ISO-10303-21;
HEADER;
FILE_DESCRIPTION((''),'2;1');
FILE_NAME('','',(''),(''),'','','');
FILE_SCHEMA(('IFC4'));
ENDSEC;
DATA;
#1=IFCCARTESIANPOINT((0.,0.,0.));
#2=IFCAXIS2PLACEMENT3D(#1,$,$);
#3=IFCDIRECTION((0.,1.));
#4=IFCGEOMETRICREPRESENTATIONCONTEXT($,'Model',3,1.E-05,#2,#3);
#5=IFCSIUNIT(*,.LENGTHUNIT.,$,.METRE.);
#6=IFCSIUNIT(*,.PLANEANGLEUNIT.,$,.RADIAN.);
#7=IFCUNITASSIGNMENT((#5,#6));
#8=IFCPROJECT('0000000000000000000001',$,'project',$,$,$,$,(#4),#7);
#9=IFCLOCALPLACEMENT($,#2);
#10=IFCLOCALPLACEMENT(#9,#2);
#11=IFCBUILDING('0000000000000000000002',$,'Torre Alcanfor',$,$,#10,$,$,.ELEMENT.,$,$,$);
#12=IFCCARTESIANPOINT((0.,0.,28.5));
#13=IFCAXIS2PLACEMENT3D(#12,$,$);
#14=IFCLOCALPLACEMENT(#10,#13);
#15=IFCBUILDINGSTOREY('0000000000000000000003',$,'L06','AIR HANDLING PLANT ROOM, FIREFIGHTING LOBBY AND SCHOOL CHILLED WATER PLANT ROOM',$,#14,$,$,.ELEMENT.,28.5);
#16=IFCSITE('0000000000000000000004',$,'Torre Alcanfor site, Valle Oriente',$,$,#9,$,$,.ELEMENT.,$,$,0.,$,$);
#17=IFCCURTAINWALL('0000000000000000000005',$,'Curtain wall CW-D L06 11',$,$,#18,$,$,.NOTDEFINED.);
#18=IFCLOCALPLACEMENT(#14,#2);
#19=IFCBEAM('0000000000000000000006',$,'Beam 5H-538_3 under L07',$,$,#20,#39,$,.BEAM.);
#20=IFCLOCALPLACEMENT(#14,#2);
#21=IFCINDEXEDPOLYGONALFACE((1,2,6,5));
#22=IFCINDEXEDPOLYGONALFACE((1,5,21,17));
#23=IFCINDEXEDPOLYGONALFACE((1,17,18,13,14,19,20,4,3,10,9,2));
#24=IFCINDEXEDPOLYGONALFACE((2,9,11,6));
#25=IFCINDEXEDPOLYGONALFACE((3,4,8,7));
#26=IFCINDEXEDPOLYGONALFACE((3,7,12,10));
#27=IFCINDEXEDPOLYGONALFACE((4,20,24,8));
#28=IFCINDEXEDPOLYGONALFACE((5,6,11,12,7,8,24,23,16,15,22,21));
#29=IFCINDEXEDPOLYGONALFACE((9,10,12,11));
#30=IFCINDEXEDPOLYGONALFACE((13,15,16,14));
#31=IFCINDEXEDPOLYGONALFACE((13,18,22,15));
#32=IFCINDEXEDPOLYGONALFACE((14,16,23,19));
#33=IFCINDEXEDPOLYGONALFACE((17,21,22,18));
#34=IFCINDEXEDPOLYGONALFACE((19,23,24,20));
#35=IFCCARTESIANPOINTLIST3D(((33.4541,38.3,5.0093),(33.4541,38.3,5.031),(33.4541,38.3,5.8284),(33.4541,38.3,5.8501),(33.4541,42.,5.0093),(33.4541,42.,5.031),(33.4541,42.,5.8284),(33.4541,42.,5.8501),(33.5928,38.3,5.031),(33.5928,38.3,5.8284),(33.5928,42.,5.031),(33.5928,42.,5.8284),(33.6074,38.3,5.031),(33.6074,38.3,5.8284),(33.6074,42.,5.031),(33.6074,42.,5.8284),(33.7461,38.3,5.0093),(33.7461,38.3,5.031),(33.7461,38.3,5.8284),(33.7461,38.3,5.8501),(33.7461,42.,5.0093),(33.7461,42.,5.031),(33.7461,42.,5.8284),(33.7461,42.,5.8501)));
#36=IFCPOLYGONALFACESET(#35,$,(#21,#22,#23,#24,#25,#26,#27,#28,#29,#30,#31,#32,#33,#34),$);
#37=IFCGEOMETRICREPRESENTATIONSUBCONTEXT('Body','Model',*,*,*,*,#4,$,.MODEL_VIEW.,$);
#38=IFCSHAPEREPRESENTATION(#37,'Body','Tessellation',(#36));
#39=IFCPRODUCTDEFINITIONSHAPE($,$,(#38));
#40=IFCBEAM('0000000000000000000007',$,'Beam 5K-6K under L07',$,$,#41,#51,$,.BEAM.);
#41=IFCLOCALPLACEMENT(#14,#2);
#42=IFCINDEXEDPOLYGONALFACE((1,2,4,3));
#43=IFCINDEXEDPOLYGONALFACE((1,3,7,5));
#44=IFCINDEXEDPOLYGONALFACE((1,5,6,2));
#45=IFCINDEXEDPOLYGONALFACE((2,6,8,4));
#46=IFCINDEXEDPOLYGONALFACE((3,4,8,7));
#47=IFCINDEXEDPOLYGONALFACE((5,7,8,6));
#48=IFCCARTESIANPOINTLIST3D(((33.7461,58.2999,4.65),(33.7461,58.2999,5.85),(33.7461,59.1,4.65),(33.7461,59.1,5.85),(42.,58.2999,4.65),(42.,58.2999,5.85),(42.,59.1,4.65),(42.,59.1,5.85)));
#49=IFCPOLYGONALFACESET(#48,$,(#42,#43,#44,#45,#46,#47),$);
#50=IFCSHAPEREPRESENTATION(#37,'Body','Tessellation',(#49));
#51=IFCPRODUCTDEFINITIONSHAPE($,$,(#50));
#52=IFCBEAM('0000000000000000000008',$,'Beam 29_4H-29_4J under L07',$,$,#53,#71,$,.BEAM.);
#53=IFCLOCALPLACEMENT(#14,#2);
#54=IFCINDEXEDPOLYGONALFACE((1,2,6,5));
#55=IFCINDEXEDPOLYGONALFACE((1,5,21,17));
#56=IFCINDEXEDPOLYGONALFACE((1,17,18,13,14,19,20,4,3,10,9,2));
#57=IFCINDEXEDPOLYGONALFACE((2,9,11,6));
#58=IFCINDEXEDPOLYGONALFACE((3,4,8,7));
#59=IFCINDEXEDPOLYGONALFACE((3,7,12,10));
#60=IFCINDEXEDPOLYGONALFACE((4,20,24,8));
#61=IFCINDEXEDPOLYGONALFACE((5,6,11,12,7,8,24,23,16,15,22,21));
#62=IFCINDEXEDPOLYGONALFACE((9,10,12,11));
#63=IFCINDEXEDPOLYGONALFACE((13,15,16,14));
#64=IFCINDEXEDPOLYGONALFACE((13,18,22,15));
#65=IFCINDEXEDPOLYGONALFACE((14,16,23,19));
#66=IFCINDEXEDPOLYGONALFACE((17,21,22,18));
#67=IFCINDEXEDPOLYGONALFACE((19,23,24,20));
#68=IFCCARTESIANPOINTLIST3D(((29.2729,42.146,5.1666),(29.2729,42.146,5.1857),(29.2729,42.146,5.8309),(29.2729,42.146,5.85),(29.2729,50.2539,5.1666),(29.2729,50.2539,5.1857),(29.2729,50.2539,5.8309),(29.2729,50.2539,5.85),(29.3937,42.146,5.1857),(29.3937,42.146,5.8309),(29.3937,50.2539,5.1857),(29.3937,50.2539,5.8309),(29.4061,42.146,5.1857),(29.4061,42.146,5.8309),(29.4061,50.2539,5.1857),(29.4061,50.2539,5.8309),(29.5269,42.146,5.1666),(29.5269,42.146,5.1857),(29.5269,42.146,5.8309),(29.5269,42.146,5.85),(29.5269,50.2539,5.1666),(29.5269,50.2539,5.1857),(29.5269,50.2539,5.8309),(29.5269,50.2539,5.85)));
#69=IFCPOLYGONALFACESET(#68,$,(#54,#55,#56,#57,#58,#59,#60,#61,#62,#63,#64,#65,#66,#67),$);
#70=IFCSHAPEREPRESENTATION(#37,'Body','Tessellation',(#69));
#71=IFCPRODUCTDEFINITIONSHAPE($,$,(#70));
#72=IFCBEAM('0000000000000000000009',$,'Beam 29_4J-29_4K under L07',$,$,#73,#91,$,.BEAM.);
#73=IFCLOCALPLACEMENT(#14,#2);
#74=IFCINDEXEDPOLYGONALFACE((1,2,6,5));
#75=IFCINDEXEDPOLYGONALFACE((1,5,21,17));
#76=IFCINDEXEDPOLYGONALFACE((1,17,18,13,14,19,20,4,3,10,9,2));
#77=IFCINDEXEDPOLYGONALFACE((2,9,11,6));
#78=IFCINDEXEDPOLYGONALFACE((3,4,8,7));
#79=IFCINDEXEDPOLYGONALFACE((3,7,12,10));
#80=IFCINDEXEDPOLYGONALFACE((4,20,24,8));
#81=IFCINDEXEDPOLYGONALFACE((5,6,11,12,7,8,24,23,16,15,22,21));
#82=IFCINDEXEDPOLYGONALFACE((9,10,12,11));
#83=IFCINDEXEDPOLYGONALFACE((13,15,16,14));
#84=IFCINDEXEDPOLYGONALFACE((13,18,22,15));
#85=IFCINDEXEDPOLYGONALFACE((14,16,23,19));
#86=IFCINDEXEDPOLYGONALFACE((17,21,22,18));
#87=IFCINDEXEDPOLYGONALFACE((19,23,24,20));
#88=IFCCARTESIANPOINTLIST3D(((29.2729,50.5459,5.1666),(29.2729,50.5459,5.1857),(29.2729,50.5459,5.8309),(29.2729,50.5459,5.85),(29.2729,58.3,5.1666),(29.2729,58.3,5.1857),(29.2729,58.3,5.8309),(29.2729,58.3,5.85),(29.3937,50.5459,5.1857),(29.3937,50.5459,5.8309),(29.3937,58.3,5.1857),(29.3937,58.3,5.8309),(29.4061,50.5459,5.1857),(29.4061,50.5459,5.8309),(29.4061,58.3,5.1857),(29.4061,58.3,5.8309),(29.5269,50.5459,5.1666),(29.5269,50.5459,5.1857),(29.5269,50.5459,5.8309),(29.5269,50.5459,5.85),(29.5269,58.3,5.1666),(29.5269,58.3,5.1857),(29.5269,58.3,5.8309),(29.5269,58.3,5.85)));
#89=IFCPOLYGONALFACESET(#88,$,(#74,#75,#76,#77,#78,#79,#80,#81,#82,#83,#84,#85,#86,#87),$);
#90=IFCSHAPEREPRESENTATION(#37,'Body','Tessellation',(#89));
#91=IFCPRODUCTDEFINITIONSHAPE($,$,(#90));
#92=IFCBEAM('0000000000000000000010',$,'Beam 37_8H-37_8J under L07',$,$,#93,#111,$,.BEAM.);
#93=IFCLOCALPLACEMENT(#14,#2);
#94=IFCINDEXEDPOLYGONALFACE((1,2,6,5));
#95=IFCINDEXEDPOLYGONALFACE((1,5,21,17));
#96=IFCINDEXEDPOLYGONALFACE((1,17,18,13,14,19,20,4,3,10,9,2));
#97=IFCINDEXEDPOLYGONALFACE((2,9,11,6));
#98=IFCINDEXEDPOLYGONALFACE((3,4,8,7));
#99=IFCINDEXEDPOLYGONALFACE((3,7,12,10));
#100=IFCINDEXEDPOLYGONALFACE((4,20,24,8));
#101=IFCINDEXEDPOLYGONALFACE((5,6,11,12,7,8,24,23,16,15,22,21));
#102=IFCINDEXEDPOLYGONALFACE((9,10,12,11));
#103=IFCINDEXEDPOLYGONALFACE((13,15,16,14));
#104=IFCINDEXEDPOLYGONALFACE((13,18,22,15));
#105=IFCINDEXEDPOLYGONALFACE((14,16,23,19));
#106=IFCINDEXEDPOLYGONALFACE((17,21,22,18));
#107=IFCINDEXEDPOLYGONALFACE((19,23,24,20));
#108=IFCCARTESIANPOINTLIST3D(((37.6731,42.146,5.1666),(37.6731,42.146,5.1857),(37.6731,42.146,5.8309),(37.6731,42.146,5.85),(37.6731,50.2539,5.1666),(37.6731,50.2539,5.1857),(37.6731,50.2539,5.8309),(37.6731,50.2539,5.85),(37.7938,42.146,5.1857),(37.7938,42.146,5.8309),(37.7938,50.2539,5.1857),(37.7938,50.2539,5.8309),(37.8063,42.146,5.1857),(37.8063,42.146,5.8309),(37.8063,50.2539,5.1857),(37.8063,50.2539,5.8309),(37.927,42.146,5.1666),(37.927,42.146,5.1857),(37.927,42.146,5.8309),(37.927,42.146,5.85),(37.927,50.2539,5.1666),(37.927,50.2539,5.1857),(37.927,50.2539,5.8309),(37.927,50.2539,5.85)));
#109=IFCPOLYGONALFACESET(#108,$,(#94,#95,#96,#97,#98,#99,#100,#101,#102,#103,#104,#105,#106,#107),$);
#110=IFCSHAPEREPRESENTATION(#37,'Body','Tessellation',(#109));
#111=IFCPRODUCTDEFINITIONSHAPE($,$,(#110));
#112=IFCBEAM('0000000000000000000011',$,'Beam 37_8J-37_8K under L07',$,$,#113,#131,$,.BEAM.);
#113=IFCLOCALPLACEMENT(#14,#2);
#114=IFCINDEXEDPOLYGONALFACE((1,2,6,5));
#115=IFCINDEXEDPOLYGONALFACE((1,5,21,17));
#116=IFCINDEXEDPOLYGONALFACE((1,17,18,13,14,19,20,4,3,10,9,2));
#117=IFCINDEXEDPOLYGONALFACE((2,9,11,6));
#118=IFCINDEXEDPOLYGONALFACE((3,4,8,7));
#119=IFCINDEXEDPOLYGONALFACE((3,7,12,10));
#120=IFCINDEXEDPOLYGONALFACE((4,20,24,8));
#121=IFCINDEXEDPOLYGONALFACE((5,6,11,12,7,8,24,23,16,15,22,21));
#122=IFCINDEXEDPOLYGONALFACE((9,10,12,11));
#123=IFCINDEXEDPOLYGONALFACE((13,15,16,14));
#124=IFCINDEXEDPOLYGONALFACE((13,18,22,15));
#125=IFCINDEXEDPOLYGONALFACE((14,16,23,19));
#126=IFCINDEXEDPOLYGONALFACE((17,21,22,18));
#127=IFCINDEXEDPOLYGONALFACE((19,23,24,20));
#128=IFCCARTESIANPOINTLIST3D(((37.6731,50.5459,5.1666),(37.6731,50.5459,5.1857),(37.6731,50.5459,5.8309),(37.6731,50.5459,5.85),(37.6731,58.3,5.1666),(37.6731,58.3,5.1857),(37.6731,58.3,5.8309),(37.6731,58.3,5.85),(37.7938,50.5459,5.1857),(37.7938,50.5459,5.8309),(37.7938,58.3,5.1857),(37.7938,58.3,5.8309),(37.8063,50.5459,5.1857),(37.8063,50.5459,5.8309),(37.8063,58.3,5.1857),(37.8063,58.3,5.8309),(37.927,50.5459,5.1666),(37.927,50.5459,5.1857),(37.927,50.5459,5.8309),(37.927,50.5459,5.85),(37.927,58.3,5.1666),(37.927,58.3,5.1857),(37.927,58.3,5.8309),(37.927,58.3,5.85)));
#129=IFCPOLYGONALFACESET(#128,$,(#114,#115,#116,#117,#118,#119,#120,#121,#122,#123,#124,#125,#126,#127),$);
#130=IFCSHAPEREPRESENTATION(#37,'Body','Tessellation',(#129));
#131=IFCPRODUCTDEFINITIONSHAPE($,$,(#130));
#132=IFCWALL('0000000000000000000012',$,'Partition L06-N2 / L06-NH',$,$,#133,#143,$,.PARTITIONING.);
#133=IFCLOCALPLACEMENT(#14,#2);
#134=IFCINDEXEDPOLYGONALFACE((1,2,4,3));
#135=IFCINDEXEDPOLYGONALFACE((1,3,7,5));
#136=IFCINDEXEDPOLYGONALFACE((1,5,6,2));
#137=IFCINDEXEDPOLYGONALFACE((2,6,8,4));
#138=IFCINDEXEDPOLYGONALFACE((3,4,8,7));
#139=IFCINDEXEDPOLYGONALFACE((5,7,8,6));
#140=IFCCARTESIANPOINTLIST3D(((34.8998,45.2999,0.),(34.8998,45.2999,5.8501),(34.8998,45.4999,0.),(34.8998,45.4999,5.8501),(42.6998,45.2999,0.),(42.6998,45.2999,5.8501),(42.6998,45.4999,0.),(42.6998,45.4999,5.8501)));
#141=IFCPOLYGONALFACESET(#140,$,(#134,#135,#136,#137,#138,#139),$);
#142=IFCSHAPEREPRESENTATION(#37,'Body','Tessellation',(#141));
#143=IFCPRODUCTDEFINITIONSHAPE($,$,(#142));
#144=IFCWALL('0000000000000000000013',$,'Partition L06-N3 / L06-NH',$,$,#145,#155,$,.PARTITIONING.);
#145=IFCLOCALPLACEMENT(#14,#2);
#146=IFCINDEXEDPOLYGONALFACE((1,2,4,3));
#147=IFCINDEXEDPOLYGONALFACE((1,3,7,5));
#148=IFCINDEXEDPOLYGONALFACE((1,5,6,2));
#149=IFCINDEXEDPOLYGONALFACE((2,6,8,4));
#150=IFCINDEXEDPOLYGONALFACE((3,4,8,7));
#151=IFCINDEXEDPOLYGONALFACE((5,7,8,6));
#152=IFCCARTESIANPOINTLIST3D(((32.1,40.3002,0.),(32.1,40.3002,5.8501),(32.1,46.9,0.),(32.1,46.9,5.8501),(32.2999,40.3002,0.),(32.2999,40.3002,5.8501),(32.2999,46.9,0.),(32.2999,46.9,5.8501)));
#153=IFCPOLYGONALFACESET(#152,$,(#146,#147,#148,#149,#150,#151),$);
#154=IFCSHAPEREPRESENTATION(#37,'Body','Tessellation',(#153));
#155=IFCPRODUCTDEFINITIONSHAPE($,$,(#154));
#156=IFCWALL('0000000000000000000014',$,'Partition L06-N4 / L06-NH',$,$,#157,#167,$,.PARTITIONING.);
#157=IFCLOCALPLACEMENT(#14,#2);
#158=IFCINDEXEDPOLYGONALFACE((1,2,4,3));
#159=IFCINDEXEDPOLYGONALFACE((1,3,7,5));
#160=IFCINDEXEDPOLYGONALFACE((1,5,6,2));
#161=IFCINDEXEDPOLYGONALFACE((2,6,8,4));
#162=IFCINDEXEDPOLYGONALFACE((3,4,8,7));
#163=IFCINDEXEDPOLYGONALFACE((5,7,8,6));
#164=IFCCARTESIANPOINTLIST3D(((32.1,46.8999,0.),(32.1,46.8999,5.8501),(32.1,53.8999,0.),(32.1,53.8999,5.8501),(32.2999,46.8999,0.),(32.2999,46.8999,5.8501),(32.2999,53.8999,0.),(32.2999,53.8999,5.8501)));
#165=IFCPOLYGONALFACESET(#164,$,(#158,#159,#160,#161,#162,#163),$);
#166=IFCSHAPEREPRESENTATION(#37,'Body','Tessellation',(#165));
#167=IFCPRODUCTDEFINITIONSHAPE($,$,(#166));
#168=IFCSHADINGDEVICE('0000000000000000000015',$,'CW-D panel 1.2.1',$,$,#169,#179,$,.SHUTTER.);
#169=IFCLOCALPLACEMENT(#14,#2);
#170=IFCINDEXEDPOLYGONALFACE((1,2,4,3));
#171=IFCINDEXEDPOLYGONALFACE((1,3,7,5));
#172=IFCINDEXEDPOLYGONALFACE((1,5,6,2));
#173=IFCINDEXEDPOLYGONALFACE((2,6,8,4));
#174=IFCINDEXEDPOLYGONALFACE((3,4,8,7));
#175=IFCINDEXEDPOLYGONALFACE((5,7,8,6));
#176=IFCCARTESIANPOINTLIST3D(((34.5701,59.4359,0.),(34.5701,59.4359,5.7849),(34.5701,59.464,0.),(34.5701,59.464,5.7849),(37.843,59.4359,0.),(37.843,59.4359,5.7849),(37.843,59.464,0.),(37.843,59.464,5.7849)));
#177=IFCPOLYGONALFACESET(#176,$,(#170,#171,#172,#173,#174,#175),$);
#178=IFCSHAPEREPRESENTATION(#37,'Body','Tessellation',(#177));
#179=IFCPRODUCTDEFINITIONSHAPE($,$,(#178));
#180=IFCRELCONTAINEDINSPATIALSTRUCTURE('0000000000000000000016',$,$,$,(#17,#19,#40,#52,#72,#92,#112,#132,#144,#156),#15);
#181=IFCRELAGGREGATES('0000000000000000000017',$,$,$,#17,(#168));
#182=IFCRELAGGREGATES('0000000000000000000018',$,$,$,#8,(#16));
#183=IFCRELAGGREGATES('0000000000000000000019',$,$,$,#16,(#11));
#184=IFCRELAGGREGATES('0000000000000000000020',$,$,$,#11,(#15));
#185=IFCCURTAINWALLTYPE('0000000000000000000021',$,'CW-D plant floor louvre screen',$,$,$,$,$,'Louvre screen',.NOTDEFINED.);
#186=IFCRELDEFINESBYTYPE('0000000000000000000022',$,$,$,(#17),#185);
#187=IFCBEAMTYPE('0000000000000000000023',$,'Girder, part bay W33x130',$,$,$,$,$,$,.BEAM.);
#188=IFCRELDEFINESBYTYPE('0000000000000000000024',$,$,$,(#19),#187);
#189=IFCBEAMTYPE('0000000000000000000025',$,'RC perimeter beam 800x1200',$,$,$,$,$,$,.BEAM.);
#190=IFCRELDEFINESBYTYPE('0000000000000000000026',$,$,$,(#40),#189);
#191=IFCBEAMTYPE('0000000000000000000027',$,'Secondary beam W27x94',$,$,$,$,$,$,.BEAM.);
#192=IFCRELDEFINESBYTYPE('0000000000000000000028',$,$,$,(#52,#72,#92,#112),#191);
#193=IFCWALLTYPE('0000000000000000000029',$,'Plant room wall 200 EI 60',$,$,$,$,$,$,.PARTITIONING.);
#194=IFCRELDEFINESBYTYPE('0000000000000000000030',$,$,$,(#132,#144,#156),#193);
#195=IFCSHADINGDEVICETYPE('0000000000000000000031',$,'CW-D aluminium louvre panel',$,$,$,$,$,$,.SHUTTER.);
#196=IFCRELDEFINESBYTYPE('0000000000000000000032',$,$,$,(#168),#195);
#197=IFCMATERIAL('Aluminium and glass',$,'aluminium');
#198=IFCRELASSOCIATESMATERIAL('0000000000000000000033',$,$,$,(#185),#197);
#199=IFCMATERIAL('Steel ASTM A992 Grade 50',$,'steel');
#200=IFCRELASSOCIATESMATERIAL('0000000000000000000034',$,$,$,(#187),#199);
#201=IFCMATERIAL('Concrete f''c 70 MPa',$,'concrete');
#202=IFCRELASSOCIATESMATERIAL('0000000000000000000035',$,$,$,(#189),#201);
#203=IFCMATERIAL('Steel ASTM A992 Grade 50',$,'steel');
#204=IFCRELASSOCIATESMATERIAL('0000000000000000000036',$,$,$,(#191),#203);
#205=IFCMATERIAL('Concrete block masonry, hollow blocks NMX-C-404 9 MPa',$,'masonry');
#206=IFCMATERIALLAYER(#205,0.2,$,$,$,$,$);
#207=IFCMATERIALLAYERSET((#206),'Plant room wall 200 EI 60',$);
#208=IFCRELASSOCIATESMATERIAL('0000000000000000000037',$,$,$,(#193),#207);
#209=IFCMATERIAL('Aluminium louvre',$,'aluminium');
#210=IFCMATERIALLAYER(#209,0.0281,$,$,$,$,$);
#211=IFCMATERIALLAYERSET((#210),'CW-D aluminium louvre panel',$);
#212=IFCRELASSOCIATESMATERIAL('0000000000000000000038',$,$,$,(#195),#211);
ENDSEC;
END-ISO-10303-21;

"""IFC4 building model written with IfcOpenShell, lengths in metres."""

from ifc_helpers import new_model, si_unit, direction, frame, frame_2d, origin, origin_2d, place, context, subcontext, project, spatial, rectangle, i_section, extrude, material, layer, layer_set, material_profile, profile_set, type_object, element, aggregate, save


model = new_model("IFC4")

# Units and contexts
model_context = context("Model", 3, precision=1e-05, world=origin(), true_north=direction((0.0, 1.0)))
body_context = subcontext(model_context, "Body", "Model", "MODEL_VIEW")
ifc_project = project(units=[si_unit("LENGTHUNIT", "METRE"), si_unit("PLANEANGLEUNIT", "RADIAN")], contexts=[model_context])

# Site, building, storey
site_placement = place(None, origin())
site = spatial("IfcSite", under=ifc_project, at=site_placement, Name="Torre Alcanfor site, Valle Oriente", CompositionType="ELEMENT", RefElevation=0.0)
building_placement = place(site_placement, origin())
building = spatial("IfcBuilding", under=site, at=building_placement, Name="Torre Alcanfor", CompositionType="ELEMENT")
storey_placement = place(building_placement, frame((0.0, 0.0, 28.5)))
storey = spatial("IfcBuildingStorey", under=building, at=storey_placement, Name="L06", Description="AIR HANDLING PLANT ROOM, FIREFIGHTING LOBBY AND SCHOOL CHILLED WATER PLANT ROOM", CompositionType="ELEMENT", Elevation=28.5)

# Curtain wall
ifc_material_1 = material(Name="Aluminium and glass", Category="aluminium")
curtain_wall_type = type_object("IfcCurtainWallType", Name="CW-D plant floor louvre screen", ElementType="Louvre screen", PredefinedType="NOTDEFINED", material=ifc_material_1)
curtain_wall_placement = place(storey_placement, origin())
curtain_wall = element("IfcCurtainWall", 1, at=curtain_wall_placement, inside=storey, type_object=curtain_wall_type, Name="Curtain wall CW-D L06 11", PredefinedType="NOTDEFINED")

# Beams
ifc_material_2 = material(Name="Steel ASTM A992 Grade 50", Category="steel")
ifc_material_profile_1 = material_profile(ifc_material_2, i_section(OverallWidth=0.292, OverallDepth=0.8408, WebThickness=0.0146, FlangeThickness=0.0217, at=origin_2d()), Name="W33x130")
ifc_profile_set_1 = profile_set([ifc_material_profile_1], Name="Steel ASTM A992 Grade 50")
beam_type_1 = type_object("IfcBeamType", Name="Girder, part bay W33x130", PredefinedType="BEAM", material=ifc_profile_set_1)
beam_1_placement = place(storey_placement, frame((33.6001, 42.0, 5.4297), z_axis=(0.0, -1.0, 0.0), x_axis=(1.0, 0.0, 0.0)))
element("IfcBeam", 2, at=beam_1_placement, inside=storey, type_object=beam_type_1, Name="Beam 5H-538_3 under L07", PredefinedType="BEAM", context=body_context, shape_type="SweptSolid", body=[
    extrude(i_section(OverallWidth=0.292, OverallDepth=0.8408, WebThickness=0.0146, FlangeThickness=0.0217, at=origin_2d()), origin(), (0.0, 0.0, 1.0), 3.7),
])
ifc_material_3 = material(Name="Concrete f'c 70 MPa", Category="concrete")
ifc_material_profile_2 = material_profile(ifc_material_3, rectangle(XDim=0.8, YDim=1.2, at=origin_2d()), Name="800x1200")
ifc_profile_set_2 = profile_set([ifc_material_profile_2], Name="Concrete f'c 70 MPa")
beam_type_2 = type_object("IfcBeamType", Name="RC perimeter beam 800x1200", PredefinedType="BEAM", material=ifc_profile_set_2)
beam_2_placement = place(storey_placement, frame((33.7461, 58.7, 5.25), z_axis=(1.0, 0.0, 0.0), x_axis=(0.0, 1.0, 0.0)))
element("IfcBeam", 3, at=beam_2_placement, inside=storey, type_object=beam_type_2, Name="Beam 5K-6K under L07", PredefinedType="BEAM", context=body_context, shape_type="SweptSolid", body=[
    extrude(rectangle(XDim=0.8, YDim=1.2, at=origin_2d()), origin(), (0.0, 0.0, 1.0), 8.2539),
])
ifc_material_4 = material(Name="Steel ASTM A992 Grade 50", Category="steel")
ifc_material_profile_3 = material_profile(ifc_material_4, i_section(OverallWidth=0.2539, OverallDepth=0.6833, WebThickness=0.0125, FlangeThickness=0.019, at=origin_2d()), Name="W27x94")
ifc_profile_set_3 = profile_set([ifc_material_profile_3], Name="Steel ASTM A992 Grade 50")
beam_type_3 = type_object("IfcBeamType", Name="Secondary beam W27x94", PredefinedType="BEAM", material=ifc_profile_set_3)
beam_3_placement = place(storey_placement, frame((29.3999, 42.146, 5.5083), z_axis=(0.0, 1.0, 0.0), x_axis=(-1.0, 0.0, 0.0)))
element("IfcBeam", 4, at=beam_3_placement, inside=storey, type_object=beam_type_3, Name="Beam 29_4H-29_4J under L07", PredefinedType="BEAM", context=body_context, shape_type="SweptSolid", body=[
    extrude(i_section(OverallWidth=0.2539, OverallDepth=0.6833, WebThickness=0.0125, FlangeThickness=0.019, at=origin_2d()), origin(), (0.0, 0.0, 1.0), 8.1079),
])
beam_4_placement = place(storey_placement, frame((29.3999, 50.5459, 5.5083), z_axis=(0.0, 1.0, 0.0), x_axis=(-1.0, 0.0, 0.0)))
element("IfcBeam", 5, at=beam_4_placement, inside=storey, type_object=beam_type_3, Name="Beam 29_4J-29_4K under L07", PredefinedType="BEAM", context=body_context, shape_type="SweptSolid", body=[
    extrude(i_section(OverallWidth=0.2539, OverallDepth=0.6833, WebThickness=0.0125, FlangeThickness=0.019, at=origin_2d()), origin(), (0.0, 0.0, 1.0), 7.7542),
])
beam_5_placement = place(storey_placement, frame((37.8, 42.146, 5.5083), z_axis=(0.0, 1.0, 0.0), x_axis=(-1.0, 0.0, 0.0)))
element("IfcBeam", 6, at=beam_5_placement, inside=storey, type_object=beam_type_3, Name="Beam 37_8H-37_8J under L07", PredefinedType="BEAM", context=body_context, shape_type="SweptSolid", body=[
    extrude(i_section(OverallWidth=0.2539, OverallDepth=0.6833, WebThickness=0.0125, FlangeThickness=0.019, at=origin_2d()), origin(), (0.0, 0.0, 1.0), 8.1079),
])
beam_6_placement = place(storey_placement, frame((37.8, 50.5459, 5.5083), z_axis=(0.0, 1.0, 0.0), x_axis=(-1.0, 0.0, 0.0)))
element("IfcBeam", 7, at=beam_6_placement, inside=storey, type_object=beam_type_3, Name="Beam 37_8J-37_8K under L07", PredefinedType="BEAM", context=body_context, shape_type="SweptSolid", body=[
    extrude(i_section(OverallWidth=0.2539, OverallDepth=0.6833, WebThickness=0.0125, FlangeThickness=0.019, at=origin_2d()), origin(), (0.0, 0.0, 1.0), 7.7542),
])

# Walls
ifc_material_5 = material(Name="Concrete block masonry, hollow blocks NMX-C-404 9 MPa", Category="masonry")
ifc_layer_1 = layer(ifc_material_5, 0.2)
ifc_layer_set_1 = layer_set([ifc_layer_1], Name="Plant room wall 200 EI 60")
wall_type = type_object("IfcWallType", Name="Plant room wall 200 EI 60", PredefinedType="PARTITIONING", material=ifc_layer_set_1)
wall_1_placement = place(storey_placement, frame((34.8999, 45.3999, 0.0), z_axis=(0.0, 0.0, 1.0), x_axis=(1.0, 0.0, 0.0)))
element("IfcWall", 8, at=wall_1_placement, inside=storey, type_object=wall_type, Name="Partition L06-N2 / L06-NH", PredefinedType="PARTITIONING", context=body_context, shape_type="SweptSolid", body=[
    extrude(rectangle(XDim=7.8, YDim=0.2, at=frame_2d((3.8999, 0.0))), origin(), (0.0, 0.0, 1.0), 5.8501),
])
wall_2_placement = place(storey_placement, frame((32.2, 46.8999, 0.0), z_axis=(0.0, 0.0, 1.0), x_axis=(0.0, -1.0, 0.0)))
element("IfcWall", 9, at=wall_2_placement, inside=storey, type_object=wall_type, Name="Partition L06-N3 / L06-NH", PredefinedType="PARTITIONING", context=body_context, shape_type="SweptSolid", body=[
    extrude(rectangle(XDim=6.5999, YDim=0.2, at=frame_2d((3.2998, 0.0))), origin(), (0.0, 0.0, 1.0), 5.8501),
])
wall_3_placement = place(storey_placement, frame((32.2, 53.8999, 0.0), z_axis=(0.0, 0.0, 1.0), x_axis=(0.0, -1.0, 0.0)))
element("IfcWall", 10, at=wall_3_placement, inside=storey, type_object=wall_type, Name="Partition L06-N4 / L06-NH", PredefinedType="PARTITIONING", context=body_context, shape_type="SweptSolid", body=[
    extrude(rectangle(XDim=7.0, YDim=0.2, at=frame_2d((3.5, 0.0))), origin(), (0.0, 0.0, 1.0), 5.8501),
])

# Shading device
ifc_material_6 = material(Name="Aluminium louvre", Category="aluminium")
ifc_layer_2 = layer(ifc_material_6, 0.0281)
ifc_layer_set_2 = layer_set([ifc_layer_2], Name="CW-D aluminium louvre panel")
shading_device_type = type_object("IfcShadingDeviceType", Name="CW-D aluminium louvre panel", PredefinedType="SHUTTER", material=ifc_layer_set_2)
shading_device_1_placement = place(storey_placement, frame((36.2065, 59.45, 0.0), z_axis=(0.0, 0.0, 1.0), x_axis=(-1.0, 0.0, 0.0)))
shading_device_1 = element("IfcShadingDevice", 11, at=shading_device_1_placement, type_object=shading_device_type, Name="CW-D panel 1.2.1", PredefinedType="SHUTTER", context=body_context, shape_type="SweptSolid", body=[
    extrude(rectangle(XDim=3.2729, YDim=0.0281, at=origin_2d()), origin(), (0.0, 0.0, 1.0), 5.7849),
])
aggregate(curtain_wall, [shading_device_1])

save(model, "model.ifc")
